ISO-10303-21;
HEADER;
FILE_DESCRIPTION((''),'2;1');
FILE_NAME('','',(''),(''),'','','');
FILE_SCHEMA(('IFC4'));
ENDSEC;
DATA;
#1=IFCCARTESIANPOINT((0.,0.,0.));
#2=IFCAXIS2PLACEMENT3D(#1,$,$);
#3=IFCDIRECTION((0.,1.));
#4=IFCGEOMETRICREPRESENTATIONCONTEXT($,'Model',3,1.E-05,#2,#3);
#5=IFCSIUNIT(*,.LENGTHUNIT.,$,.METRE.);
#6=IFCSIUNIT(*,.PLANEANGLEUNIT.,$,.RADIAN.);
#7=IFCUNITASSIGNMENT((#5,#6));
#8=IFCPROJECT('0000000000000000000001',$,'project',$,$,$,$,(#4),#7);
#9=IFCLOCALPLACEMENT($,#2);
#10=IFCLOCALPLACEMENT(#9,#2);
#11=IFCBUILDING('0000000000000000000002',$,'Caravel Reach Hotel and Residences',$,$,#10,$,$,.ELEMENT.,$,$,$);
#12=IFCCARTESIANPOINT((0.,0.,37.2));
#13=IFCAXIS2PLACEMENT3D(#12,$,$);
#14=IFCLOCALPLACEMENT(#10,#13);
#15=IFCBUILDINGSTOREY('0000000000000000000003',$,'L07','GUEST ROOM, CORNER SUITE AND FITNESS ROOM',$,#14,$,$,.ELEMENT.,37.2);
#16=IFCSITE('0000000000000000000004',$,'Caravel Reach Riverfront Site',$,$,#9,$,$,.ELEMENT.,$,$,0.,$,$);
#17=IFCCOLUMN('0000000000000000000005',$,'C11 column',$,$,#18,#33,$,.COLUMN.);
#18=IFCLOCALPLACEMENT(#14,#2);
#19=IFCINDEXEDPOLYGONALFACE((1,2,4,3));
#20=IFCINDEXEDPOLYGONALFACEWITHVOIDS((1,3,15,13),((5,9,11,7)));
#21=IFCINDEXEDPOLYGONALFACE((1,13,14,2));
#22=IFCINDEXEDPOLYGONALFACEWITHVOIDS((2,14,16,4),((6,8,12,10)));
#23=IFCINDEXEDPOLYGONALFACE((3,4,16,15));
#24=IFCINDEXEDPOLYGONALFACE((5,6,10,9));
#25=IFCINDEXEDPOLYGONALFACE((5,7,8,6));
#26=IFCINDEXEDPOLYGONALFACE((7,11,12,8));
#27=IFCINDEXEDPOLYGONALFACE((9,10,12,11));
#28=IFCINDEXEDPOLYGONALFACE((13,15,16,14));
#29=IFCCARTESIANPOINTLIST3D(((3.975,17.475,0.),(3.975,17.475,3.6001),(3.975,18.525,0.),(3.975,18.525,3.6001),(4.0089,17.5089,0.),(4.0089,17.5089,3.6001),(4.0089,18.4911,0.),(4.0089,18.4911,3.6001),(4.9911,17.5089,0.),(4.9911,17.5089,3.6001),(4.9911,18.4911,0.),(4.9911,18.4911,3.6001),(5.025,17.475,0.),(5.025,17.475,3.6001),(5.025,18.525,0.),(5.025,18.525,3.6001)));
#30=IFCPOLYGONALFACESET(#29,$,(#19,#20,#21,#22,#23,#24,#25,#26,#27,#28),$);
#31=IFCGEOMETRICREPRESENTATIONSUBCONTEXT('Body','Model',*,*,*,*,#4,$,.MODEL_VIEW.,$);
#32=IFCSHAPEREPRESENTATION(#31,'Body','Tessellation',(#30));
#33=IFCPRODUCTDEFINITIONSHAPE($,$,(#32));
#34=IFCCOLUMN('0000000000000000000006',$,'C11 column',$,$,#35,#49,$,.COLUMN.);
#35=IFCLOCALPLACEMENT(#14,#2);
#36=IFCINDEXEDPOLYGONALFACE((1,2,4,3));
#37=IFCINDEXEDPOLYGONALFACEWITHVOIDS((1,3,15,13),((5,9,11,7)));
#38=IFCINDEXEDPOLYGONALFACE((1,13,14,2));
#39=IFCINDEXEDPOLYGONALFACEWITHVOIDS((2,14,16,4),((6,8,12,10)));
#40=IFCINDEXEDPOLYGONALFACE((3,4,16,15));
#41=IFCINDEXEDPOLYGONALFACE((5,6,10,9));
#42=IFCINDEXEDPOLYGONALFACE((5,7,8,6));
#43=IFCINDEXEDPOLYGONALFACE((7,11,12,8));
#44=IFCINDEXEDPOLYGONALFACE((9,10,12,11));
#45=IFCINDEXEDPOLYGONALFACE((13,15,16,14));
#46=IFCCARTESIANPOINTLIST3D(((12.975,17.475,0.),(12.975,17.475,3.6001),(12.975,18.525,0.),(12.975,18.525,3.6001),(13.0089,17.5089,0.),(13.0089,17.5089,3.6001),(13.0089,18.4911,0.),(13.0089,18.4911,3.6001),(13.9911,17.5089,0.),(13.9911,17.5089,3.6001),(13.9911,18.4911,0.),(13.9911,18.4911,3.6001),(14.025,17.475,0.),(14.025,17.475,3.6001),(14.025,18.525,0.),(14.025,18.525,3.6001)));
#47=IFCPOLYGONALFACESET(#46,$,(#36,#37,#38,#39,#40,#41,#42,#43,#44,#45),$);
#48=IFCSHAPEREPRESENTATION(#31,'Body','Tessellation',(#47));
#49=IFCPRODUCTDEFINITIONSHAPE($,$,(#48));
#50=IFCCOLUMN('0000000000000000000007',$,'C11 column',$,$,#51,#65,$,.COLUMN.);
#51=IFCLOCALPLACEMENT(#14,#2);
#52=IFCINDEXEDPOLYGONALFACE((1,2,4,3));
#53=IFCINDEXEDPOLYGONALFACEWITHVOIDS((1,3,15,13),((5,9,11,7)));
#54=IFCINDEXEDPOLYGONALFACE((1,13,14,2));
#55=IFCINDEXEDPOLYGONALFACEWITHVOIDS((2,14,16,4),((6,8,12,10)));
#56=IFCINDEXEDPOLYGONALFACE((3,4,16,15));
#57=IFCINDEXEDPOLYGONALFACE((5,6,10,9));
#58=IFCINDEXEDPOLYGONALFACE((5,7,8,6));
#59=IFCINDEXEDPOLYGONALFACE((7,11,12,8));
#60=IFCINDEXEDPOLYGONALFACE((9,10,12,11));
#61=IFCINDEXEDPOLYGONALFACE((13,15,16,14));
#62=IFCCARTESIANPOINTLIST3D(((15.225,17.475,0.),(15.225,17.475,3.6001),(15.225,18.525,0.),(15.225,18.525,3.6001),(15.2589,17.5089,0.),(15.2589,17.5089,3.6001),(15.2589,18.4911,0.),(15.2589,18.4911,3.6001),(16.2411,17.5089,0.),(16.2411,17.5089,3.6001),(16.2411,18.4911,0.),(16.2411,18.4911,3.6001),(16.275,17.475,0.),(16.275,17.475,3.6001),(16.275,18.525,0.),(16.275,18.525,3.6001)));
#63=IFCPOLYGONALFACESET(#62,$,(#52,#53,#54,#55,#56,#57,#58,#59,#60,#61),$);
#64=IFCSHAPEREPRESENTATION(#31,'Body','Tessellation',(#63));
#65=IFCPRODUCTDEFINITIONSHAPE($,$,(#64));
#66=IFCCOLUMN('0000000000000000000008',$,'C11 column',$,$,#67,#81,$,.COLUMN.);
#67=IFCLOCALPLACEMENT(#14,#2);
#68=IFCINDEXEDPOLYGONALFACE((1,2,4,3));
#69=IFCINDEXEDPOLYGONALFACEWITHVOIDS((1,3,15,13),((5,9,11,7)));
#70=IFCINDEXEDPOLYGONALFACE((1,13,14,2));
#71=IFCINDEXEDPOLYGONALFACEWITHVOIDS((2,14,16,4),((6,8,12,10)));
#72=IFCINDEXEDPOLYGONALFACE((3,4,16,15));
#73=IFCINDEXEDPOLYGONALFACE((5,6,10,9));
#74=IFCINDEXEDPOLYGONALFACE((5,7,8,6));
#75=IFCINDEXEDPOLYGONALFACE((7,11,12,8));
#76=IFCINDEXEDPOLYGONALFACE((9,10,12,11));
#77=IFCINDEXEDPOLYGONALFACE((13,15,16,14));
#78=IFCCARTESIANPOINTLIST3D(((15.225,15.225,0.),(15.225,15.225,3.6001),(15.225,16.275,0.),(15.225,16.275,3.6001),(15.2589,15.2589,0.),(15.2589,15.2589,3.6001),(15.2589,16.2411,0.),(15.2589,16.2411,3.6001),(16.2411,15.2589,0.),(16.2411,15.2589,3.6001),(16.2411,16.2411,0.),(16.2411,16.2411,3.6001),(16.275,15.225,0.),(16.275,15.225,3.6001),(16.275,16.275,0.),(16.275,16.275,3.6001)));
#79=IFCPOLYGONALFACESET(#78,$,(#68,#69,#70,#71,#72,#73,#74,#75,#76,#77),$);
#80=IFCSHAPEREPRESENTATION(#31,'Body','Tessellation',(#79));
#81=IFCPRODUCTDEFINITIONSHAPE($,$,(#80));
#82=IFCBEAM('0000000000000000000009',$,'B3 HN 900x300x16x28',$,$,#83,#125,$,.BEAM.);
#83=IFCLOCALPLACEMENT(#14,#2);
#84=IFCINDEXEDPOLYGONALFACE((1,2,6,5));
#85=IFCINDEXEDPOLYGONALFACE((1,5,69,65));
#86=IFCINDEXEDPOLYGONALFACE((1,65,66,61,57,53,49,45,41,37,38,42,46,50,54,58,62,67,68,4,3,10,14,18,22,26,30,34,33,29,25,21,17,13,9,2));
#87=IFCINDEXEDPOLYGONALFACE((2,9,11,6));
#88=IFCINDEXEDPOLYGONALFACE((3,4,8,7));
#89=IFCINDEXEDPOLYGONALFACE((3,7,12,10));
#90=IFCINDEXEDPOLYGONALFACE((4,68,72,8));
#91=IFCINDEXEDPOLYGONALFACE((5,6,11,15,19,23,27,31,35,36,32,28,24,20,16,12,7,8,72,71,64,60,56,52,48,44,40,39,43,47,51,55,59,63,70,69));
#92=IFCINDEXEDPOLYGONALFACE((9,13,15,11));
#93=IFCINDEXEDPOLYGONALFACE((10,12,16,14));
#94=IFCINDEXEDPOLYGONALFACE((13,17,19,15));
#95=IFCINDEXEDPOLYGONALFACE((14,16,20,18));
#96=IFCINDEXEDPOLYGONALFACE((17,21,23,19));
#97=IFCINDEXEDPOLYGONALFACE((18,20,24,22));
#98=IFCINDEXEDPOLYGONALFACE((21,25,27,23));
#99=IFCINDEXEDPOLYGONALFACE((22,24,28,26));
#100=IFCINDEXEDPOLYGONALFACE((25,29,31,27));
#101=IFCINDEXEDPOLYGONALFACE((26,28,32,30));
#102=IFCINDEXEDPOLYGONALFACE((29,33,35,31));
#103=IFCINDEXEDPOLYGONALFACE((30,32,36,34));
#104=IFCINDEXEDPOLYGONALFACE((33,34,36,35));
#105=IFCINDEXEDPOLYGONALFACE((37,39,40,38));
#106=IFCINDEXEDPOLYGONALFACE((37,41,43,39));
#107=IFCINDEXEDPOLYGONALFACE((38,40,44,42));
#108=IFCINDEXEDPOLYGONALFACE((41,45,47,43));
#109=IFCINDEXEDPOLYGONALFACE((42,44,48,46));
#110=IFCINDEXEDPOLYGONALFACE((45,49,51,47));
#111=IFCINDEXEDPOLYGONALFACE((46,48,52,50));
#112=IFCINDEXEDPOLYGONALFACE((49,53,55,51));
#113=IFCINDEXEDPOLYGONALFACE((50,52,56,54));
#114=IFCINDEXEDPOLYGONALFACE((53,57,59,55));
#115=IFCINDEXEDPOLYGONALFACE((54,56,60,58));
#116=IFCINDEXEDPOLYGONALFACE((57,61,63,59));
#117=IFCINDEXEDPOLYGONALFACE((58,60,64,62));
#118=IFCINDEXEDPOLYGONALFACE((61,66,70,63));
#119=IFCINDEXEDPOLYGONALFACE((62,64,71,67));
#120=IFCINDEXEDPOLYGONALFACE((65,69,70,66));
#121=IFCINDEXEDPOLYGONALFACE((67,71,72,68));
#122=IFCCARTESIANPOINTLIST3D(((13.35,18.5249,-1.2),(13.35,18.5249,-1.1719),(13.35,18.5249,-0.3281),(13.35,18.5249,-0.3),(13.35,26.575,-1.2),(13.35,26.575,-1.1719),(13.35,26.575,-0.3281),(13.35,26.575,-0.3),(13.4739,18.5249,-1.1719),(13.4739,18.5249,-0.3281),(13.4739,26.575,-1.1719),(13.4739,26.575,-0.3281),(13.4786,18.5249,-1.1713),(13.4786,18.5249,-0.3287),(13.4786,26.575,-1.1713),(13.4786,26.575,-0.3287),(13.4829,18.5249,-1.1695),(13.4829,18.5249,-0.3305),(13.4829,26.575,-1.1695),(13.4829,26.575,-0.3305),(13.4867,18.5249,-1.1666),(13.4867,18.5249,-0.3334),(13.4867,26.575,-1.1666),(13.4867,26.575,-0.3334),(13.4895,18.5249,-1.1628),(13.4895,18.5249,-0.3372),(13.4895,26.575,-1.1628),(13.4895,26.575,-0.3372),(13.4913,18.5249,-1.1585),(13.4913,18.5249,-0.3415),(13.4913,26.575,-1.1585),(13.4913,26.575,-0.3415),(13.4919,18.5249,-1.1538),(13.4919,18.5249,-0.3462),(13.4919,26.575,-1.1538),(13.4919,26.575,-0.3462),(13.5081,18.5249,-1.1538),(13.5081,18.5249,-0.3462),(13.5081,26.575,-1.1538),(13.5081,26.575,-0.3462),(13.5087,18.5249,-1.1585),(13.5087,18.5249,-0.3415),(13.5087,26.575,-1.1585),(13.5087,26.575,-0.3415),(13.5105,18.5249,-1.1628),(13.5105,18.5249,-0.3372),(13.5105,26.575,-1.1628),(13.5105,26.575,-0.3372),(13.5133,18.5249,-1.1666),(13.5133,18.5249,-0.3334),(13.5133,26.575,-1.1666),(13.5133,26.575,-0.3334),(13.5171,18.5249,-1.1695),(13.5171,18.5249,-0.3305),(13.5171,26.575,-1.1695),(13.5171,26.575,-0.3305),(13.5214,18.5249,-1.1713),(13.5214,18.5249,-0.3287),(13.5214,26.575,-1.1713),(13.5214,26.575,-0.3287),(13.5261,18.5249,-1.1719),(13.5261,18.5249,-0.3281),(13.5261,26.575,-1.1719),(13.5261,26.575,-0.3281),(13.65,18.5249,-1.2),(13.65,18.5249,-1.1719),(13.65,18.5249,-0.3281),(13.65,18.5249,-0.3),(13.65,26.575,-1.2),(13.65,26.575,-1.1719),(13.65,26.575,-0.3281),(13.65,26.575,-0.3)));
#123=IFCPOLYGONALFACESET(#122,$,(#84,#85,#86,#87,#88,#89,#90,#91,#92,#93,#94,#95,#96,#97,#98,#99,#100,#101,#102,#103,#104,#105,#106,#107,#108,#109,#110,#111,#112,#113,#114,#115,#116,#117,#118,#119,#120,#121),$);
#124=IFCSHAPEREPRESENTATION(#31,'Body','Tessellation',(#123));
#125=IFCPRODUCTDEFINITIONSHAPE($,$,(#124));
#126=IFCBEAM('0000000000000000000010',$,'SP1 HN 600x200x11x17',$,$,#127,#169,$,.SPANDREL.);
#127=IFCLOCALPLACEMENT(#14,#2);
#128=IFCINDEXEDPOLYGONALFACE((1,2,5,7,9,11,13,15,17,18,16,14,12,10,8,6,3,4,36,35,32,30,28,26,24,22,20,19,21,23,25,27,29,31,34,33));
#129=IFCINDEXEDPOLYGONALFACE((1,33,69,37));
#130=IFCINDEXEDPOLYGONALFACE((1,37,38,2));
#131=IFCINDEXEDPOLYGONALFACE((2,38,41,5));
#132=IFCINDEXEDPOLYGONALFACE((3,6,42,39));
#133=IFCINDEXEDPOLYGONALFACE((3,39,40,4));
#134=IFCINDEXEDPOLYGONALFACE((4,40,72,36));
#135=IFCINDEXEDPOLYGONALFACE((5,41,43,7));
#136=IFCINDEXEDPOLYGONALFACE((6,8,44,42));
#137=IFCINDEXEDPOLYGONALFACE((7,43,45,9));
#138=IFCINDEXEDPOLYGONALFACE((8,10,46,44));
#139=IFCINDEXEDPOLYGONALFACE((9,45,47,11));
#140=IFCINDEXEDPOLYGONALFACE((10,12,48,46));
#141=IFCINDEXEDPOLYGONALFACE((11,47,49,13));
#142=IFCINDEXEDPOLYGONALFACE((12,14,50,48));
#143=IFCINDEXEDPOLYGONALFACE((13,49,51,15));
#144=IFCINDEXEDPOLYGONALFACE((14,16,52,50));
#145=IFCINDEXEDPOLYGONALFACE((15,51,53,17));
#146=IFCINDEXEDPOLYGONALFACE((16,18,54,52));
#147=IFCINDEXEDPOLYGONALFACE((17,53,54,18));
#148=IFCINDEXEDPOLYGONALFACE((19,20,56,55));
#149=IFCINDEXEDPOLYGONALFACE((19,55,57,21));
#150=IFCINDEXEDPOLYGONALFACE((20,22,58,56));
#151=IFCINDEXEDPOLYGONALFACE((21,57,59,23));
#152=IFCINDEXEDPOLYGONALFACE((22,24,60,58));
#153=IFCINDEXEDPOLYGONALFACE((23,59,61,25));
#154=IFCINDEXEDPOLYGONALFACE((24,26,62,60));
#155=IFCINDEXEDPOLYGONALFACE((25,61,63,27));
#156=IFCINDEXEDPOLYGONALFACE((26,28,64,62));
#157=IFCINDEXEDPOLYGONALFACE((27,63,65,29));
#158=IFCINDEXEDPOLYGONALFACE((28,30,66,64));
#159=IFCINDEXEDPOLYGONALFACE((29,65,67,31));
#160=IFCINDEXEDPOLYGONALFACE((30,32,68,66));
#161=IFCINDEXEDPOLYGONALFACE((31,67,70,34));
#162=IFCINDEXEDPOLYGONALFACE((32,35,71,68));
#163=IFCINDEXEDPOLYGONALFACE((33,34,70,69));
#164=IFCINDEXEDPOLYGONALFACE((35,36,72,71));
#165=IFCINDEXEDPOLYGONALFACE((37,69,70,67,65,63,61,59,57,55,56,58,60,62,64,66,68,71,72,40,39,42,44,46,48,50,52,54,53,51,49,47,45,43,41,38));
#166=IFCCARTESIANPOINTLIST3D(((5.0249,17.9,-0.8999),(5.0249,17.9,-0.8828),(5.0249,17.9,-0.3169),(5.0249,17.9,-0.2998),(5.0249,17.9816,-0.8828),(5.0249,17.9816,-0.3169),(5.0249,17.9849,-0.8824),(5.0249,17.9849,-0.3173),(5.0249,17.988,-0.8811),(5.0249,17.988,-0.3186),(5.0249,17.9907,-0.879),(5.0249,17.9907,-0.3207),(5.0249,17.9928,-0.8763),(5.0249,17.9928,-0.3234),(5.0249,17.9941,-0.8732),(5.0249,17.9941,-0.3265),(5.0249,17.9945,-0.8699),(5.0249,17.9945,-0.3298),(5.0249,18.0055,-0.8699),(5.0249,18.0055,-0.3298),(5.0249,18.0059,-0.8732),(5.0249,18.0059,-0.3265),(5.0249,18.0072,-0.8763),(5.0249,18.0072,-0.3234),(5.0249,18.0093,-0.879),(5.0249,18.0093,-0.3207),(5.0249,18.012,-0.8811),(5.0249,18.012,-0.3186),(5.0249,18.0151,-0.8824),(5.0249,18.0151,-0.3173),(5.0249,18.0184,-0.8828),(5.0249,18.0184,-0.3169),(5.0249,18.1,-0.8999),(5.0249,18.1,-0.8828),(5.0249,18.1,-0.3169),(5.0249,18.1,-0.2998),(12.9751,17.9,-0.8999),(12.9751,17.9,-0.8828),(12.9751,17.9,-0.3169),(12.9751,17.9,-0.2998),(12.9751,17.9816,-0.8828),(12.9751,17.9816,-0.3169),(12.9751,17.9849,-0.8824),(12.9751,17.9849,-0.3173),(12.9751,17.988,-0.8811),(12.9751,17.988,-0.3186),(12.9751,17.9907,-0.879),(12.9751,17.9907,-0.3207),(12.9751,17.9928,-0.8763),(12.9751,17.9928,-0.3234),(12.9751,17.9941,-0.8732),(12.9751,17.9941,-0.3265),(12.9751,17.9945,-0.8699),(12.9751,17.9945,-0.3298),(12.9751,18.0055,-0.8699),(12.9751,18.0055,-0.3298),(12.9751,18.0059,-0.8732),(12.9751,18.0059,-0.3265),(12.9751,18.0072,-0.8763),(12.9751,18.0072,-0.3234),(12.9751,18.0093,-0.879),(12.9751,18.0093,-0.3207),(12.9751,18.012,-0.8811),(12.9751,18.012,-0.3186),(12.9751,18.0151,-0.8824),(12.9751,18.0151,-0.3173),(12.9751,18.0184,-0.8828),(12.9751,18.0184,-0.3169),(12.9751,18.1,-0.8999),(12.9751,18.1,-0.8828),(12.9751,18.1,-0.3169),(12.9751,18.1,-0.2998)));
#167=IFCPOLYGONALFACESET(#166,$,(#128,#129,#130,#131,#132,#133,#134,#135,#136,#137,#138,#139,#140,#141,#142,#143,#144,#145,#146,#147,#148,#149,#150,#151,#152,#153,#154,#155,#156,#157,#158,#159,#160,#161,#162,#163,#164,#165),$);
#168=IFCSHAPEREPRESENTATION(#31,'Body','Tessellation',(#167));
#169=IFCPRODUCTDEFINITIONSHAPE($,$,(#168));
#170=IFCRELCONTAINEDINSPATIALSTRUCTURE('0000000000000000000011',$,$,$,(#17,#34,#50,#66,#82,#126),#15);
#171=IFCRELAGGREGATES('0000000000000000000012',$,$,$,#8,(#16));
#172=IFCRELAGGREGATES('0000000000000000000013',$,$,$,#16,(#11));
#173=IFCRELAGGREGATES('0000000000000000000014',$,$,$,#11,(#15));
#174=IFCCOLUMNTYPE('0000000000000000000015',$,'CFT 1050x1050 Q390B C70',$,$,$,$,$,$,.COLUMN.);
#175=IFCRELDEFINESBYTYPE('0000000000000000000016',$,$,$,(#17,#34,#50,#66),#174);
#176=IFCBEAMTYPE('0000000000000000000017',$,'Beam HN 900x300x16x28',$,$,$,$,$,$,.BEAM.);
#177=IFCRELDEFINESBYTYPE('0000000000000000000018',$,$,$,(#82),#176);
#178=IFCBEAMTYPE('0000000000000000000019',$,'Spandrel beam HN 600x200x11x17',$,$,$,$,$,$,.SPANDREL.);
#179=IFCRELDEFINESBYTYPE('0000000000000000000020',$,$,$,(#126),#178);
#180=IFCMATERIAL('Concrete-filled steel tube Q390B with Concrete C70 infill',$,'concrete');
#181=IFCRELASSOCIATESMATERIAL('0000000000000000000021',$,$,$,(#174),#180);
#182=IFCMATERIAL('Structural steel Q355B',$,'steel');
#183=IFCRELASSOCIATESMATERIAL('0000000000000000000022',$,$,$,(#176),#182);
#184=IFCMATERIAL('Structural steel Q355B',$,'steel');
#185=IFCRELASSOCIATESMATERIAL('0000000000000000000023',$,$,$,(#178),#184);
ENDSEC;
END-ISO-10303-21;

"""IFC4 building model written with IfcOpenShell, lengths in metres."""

from ifc_helpers import new_model, si_unit, direction, frame, origin, origin_2d, place, context, subcontext, project, spatial, hollow_rectangle, i_section, extrude, material, material_profile, profile_set, type_object, element, save


model = new_model("IFC4")

# Units and contexts
model_context = context("Model", 3, precision=1e-05, world=origin(), true_north=direction((0.0, 1.0)))
body_context = subcontext(model_context, "Body", "Model", "MODEL_VIEW")
ifc_project = project(units=[si_unit("LENGTHUNIT", "METRE"), si_unit("PLANEANGLEUNIT", "RADIAN")], contexts=[model_context])

# Site, building, storey
site_placement = place(None, origin())
site = spatial("IfcSite", under=ifc_project, at=site_placement, Name="Caravel Reach Riverfront Site", CompositionType="ELEMENT", RefElevation=0.0)
building_placement = place(site_placement, origin())
building = spatial("IfcBuilding", under=site, at=building_placement, Name="Caravel Reach Hotel and Residences", CompositionType="ELEMENT")
storey_placement = place(building_placement, frame((0.0, 0.0, 37.2)))
storey = spatial("IfcBuildingStorey", under=building, at=storey_placement, Name="L07", Description="GUEST ROOM, CORNER SUITE AND FITNESS ROOM", CompositionType="ELEMENT", Elevation=37.2)

# Columns
ifc_material_1 = material(Name="Concrete-filled steel tube Q390B with Concrete C70 infill", Category="concrete")
ifc_material_profile_1 = material_profile(ifc_material_1, hollow_rectangle(XDim=1.05, YDim=1.05, WallThickness=0.0339, at=origin_2d()), Name="RHS 1050x1050x34")
ifc_profile_set_1 = profile_set([ifc_material_profile_1], Name="Concrete-filled steel tube Q390B with Concrete C70 infill")
column_type = type_object("IfcColumnType", Name="CFT 1050x1050 Q390B C70", PredefinedType="COLUMN", material=ifc_profile_set_1)
for number, where, z_axis, x_axis, name in (
    (1, (4.5, 18.0, 0.0), (0.0, 0.0, 1.0), (1.0, 0.0, 0.0), "C11 column"),
    (2, (13.5, 18.0, 0.0), (0.0, 0.0, 1.0), (1.0, 0.0, 0.0), "C11 column"),
    (3, (15.75, 18.0, 0.0), (0.0, 0.0, 1.0), (1.0, 0.0, 0.0), "C11 column"),
    (4, (15.75, 15.75, 0.0), (0.0, 0.0, 1.0), (1.0, 0.0, 0.0), "C11 column"),
):
    element("IfcColumn", number, at=place(storey_placement, frame(where, z_axis=z_axis, x_axis=x_axis)), inside=storey, type_object=column_type, Name=name, PredefinedType="COLUMN", context=body_context, shape_type="SweptSolid", body=[
        extrude(hollow_rectangle(XDim=1.05, YDim=1.05, WallThickness=0.0339, at=origin_2d()), origin(), (0.0, 0.0, 1.0), 3.6001),
    ])

# Beams
ifc_material_2 = material(Name="Structural steel Q355B", Category="steel")
ifc_material_profile_2 = material_profile(ifc_material_2, i_section(OverallWidth=0.3, OverallDepth=0.8999, WebThickness=0.0161, FlangeThickness=0.0281, FilletRadius=0.0181, at=origin_2d()), Name="HN 900x300x16x28")
ifc_profile_set_2 = profile_set([ifc_material_profile_2], Name="Structural steel Q355B")
beam_type_1 = type_object("IfcBeamType", Name="Beam HN 900x300x16x28", PredefinedType="BEAM", material=ifc_profile_set_2)
beam_1_placement = place(storey_placement, frame((13.5, 18.5249, -0.75), z_axis=(0.0, 1.0, 0.0), x_axis=(-1.0, 0.0, 0.0)))
element("IfcBeam", 5, at=beam_1_placement, inside=storey, type_object=beam_type_1, Name="B3 HN 900x300x16x28", PredefinedType="BEAM", context=body_context, shape_type="SweptSolid", body=[
    extrude(i_section(OverallWidth=0.3, OverallDepth=0.8999, WebThickness=0.0161, FlangeThickness=0.0281, FilletRadius=0.0181, at=origin_2d()), origin(), (0.0, 0.0, 1.0), 8.05),
])
ifc_material_3 = material(Name="Structural steel Q355B", Category="steel")
ifc_material_profile_3 = material_profile(ifc_material_3, i_section(OverallWidth=0.2, OverallDepth=0.6001, WebThickness=0.011, FlangeThickness=0.0171, FilletRadius=0.0129, at=origin_2d()), Name="HN 600x200x11x17")
ifc_profile_set_3 = profile_set([ifc_material_profile_3], Name="Structural steel Q355B")
beam_type_2 = type_object("IfcBeamType", Name="Spandrel beam HN 600x200x11x17", PredefinedType="SPANDREL", material=ifc_profile_set_3)
beam_2_placement = place(storey_placement, frame((5.0249, 18.0, -0.5999), z_axis=(1.0, 0.0, 0.0), x_axis=(0.0, 1.0, 0.0)))
element("IfcBeam", 6, at=beam_2_placement, inside=storey, type_object=beam_type_2, Name="SP1 HN 600x200x11x17", PredefinedType="SPANDREL", context=body_context, shape_type="SweptSolid", body=[
    extrude(i_section(OverallWidth=0.2, OverallDepth=0.6001, WebThickness=0.011, FlangeThickness=0.0171, FilletRadius=0.0129, at=origin_2d()), origin(), (0.0, 0.0, 1.0), 7.9502),
])

save(model, "model.ifc")
